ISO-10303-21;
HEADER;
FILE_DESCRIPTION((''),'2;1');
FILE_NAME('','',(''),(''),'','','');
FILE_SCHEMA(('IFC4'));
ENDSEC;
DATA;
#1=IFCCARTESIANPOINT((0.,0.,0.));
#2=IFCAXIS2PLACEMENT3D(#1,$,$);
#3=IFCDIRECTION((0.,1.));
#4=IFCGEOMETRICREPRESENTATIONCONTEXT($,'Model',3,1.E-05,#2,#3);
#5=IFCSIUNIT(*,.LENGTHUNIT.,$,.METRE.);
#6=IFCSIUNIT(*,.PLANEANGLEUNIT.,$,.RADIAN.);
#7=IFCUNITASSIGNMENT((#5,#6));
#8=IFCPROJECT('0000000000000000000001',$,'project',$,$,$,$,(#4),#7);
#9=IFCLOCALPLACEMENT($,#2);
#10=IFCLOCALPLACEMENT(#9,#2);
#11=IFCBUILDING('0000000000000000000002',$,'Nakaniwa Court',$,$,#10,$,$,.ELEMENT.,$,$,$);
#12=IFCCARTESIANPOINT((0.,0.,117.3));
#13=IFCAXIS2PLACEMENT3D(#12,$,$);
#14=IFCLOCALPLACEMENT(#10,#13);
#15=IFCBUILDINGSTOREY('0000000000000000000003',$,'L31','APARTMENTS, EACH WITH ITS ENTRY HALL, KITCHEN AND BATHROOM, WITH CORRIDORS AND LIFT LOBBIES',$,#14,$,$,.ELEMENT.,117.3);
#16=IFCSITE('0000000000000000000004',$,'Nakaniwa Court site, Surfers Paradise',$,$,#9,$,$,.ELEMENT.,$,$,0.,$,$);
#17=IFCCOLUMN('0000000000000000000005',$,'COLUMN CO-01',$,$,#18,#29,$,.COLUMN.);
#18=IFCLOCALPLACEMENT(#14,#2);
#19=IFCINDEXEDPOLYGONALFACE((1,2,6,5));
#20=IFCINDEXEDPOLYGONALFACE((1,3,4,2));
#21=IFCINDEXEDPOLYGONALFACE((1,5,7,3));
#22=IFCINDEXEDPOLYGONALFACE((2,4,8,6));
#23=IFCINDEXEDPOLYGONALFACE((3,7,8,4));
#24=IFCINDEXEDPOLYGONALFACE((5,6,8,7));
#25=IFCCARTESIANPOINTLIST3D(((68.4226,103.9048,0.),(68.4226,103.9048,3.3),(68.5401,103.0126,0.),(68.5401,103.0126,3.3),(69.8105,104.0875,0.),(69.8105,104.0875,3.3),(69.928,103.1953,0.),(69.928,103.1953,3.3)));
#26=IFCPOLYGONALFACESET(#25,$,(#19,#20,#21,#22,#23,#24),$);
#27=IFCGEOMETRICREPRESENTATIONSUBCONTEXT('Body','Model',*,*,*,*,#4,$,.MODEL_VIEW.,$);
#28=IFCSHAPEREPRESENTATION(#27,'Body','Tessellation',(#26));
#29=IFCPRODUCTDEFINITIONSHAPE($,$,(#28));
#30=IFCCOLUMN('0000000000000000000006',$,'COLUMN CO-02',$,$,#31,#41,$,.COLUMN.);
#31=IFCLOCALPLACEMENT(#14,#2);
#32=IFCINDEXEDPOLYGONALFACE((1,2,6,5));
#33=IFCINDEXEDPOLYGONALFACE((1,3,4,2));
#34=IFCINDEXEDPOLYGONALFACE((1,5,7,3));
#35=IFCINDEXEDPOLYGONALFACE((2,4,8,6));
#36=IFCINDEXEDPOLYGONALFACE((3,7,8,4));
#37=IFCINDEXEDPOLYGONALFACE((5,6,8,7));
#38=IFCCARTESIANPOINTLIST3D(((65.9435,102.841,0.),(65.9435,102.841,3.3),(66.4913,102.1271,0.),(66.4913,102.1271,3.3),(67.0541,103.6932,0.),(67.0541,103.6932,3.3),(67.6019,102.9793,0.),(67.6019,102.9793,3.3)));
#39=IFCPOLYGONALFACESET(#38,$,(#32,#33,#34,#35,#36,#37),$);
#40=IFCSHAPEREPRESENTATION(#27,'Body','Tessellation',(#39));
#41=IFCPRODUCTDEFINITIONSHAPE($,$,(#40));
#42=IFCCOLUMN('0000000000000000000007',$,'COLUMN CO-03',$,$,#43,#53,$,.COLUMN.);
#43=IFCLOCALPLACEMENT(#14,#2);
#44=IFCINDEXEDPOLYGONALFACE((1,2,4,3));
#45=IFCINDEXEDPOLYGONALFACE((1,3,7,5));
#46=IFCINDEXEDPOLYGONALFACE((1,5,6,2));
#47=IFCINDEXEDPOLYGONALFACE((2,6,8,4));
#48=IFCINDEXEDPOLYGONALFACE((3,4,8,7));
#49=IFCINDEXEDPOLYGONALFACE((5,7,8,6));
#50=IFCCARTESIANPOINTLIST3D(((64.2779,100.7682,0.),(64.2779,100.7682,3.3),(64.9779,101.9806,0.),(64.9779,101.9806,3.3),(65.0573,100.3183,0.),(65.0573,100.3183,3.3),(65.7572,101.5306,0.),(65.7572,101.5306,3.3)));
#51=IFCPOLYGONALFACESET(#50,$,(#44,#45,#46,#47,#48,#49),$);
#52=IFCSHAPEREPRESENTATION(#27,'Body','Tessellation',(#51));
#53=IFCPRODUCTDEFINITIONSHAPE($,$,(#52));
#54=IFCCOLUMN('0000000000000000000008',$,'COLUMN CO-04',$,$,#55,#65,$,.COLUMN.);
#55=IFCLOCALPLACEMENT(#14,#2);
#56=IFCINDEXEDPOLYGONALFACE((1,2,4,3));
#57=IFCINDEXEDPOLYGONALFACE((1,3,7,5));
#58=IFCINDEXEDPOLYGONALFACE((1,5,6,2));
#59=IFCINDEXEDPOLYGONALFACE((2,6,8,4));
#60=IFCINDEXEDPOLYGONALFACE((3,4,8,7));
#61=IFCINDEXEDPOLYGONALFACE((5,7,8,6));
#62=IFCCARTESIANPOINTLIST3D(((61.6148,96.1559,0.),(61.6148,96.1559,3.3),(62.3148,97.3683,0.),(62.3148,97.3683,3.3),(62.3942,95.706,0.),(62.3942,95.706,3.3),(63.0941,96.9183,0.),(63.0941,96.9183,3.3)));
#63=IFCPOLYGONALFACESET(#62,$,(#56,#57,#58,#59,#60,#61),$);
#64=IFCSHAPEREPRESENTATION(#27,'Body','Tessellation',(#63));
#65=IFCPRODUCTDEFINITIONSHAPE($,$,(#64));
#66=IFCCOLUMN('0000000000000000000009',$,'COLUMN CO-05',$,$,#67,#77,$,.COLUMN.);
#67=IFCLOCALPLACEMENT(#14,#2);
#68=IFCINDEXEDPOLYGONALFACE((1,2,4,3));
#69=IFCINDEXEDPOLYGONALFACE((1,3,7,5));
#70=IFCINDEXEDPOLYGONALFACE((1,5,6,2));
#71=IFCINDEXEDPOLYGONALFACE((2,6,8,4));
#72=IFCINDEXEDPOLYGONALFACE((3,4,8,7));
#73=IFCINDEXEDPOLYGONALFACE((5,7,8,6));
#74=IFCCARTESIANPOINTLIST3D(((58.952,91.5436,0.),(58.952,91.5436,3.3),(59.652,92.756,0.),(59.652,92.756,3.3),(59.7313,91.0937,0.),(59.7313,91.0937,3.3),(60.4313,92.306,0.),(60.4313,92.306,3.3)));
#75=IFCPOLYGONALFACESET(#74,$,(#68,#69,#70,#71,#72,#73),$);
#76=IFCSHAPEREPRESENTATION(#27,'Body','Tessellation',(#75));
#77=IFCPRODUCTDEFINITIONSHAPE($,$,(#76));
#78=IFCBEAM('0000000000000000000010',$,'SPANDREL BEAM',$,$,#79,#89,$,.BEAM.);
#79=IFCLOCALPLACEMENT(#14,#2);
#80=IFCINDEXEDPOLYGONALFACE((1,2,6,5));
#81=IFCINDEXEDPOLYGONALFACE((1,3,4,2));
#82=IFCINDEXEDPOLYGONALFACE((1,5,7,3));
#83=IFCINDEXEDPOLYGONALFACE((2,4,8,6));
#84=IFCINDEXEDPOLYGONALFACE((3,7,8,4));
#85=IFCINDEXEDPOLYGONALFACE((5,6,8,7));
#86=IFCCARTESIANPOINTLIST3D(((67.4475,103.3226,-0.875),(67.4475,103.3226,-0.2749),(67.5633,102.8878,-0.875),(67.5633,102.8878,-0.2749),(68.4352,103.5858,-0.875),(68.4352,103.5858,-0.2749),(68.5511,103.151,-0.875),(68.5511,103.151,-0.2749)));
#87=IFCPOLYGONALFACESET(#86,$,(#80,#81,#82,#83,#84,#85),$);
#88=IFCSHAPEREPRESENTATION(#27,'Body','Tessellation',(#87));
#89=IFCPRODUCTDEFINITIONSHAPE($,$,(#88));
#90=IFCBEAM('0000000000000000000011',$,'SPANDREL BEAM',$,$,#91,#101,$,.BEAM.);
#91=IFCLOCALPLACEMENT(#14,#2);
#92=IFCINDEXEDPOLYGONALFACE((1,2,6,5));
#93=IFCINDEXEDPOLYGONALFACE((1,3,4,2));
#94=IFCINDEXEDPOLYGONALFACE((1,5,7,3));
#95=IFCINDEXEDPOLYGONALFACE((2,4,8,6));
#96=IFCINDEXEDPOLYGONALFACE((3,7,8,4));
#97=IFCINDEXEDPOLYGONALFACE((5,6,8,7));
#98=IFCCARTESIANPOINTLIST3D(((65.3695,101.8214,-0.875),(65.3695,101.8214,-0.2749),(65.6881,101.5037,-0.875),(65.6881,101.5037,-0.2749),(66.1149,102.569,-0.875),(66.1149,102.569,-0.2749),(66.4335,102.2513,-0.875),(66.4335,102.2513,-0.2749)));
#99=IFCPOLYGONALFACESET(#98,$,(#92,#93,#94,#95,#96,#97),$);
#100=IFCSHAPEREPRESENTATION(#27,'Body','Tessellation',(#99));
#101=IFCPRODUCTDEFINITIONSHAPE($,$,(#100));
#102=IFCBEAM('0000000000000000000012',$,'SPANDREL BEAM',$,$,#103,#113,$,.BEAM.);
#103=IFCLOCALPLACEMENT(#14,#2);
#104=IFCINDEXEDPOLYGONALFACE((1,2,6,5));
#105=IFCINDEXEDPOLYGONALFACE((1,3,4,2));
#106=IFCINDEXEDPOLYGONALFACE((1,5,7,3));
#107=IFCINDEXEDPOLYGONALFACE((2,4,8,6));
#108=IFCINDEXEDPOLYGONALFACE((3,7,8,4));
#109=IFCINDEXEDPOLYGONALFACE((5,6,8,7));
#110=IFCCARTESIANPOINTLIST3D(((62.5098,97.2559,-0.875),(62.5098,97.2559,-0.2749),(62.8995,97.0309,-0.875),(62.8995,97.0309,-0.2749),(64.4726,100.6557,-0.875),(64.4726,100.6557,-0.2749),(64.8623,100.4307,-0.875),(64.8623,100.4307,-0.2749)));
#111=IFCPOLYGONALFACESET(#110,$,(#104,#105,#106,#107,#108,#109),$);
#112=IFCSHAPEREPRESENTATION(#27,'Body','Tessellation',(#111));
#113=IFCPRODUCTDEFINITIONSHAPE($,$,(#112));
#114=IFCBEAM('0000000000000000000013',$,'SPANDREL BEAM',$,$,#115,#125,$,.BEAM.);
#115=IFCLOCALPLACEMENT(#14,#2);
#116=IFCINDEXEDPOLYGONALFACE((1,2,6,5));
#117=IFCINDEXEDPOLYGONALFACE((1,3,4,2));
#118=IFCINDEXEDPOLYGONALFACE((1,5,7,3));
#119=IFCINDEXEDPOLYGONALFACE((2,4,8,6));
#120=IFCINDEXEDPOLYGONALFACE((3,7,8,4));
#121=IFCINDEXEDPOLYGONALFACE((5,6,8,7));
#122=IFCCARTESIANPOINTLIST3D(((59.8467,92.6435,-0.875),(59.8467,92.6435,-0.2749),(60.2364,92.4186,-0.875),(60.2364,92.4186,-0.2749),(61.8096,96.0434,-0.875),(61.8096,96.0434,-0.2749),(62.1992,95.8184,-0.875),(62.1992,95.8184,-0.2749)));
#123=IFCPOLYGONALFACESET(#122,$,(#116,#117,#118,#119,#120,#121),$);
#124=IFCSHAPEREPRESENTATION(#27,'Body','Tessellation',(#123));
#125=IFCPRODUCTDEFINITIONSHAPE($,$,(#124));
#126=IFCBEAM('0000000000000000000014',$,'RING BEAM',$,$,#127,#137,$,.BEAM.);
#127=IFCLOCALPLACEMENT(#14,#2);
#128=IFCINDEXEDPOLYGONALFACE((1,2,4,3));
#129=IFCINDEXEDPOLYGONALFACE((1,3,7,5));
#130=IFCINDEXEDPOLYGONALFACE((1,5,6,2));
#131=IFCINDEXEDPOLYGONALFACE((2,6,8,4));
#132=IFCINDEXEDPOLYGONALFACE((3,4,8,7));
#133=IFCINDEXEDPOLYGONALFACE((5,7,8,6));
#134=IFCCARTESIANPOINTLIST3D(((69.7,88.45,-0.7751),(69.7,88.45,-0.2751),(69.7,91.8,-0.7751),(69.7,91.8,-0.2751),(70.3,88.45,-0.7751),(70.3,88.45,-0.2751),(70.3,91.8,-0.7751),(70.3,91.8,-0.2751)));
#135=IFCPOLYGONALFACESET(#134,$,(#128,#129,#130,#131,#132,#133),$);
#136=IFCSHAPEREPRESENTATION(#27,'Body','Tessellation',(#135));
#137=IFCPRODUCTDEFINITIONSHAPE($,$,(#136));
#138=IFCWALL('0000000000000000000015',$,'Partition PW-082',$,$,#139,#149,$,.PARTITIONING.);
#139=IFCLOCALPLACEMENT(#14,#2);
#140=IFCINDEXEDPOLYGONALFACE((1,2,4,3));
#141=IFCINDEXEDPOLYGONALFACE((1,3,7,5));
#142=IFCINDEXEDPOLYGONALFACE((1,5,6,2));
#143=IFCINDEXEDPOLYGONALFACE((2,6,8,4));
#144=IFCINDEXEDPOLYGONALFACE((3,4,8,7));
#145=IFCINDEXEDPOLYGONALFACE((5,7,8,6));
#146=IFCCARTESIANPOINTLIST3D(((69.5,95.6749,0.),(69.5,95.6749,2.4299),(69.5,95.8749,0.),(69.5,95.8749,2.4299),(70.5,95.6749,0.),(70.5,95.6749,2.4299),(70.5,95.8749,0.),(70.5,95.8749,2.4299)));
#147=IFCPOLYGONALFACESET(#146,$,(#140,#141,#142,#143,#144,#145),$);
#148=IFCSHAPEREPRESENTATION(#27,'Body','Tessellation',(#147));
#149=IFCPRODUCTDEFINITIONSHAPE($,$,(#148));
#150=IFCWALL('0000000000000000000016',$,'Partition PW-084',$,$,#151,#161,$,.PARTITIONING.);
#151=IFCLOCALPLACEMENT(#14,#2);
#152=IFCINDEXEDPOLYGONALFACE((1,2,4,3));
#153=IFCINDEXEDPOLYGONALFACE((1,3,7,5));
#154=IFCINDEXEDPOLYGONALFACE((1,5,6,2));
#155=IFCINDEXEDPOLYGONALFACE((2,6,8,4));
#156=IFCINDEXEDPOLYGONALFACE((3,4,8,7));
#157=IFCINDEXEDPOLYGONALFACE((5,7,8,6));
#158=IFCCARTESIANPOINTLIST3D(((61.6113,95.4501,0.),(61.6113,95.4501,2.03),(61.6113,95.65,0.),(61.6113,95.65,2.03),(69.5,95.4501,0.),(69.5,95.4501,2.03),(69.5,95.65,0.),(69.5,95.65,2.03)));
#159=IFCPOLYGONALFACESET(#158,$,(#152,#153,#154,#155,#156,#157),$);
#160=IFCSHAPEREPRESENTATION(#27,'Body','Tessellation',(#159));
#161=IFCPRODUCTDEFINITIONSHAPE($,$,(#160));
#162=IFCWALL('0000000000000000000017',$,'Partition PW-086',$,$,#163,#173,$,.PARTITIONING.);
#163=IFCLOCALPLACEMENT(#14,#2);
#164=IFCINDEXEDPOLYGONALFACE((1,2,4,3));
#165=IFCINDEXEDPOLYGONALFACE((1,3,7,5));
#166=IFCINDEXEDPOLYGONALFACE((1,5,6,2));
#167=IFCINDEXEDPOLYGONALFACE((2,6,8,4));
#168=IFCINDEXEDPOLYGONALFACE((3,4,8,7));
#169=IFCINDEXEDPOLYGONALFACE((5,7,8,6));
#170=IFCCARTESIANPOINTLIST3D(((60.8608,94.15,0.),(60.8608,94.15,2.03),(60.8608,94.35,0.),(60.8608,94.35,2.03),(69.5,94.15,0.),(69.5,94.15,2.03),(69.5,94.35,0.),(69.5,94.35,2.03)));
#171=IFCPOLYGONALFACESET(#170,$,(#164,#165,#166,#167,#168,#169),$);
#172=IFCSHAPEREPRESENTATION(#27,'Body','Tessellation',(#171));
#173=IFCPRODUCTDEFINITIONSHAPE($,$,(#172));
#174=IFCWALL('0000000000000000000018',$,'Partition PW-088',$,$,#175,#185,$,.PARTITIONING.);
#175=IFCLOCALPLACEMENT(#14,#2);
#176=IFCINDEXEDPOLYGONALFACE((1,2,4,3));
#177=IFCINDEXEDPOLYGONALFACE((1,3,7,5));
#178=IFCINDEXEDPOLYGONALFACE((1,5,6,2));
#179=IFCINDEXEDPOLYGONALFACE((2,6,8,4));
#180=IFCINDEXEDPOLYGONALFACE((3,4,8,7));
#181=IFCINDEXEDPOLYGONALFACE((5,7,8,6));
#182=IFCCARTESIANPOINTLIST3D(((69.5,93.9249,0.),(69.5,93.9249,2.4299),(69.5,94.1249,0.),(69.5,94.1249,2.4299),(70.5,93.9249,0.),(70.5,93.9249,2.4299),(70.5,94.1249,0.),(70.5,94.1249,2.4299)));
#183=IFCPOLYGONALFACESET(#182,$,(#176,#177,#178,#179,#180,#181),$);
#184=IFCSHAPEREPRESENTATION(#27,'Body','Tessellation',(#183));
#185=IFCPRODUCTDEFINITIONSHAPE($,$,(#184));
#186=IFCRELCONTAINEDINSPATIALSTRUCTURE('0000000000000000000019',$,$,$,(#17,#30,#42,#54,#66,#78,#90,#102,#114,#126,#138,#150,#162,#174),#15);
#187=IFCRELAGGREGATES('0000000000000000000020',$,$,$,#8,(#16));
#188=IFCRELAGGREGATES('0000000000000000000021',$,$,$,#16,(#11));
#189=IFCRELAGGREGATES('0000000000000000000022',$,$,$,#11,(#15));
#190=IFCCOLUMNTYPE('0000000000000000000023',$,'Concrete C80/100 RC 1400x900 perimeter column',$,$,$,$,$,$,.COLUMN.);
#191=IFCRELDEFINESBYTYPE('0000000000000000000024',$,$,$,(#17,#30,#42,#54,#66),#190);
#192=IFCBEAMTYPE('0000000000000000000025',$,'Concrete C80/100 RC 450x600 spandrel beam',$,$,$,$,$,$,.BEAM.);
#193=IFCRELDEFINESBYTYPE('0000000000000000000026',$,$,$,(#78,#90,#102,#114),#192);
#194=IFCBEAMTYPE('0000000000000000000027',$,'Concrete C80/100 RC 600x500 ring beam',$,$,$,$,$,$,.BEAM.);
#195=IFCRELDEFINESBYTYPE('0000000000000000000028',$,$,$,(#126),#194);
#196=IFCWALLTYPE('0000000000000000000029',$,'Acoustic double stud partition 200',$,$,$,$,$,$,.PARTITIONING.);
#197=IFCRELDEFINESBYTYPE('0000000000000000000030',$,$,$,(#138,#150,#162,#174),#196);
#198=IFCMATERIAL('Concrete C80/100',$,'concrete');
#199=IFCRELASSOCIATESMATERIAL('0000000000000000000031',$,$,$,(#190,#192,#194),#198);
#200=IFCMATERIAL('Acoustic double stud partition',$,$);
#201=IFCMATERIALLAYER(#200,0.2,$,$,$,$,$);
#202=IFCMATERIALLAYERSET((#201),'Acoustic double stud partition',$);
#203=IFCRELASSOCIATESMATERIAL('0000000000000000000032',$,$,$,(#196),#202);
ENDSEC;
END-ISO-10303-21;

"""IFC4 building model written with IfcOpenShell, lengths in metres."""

from ifc_helpers import new_model, si_unit, direction, frame, frame_2d, origin, origin_2d, place, context, subcontext, project, spatial, rectangle, extrude, material, layer, layer_set, material_profile, profile_set, type_object, element, save


model = new_model("IFC4")

# Units and contexts
model_context = context("Model", 3, precision=1e-05, world=origin(), true_north=direction((0.0, 1.0)))
body_context = subcontext(model_context, "Body", "Model", "MODEL_VIEW")
ifc_project = project(units=[si_unit("LENGTHUNIT", "METRE"), si_unit("PLANEANGLEUNIT", "RADIAN")], contexts=[model_context])

# Site, building, storey
site_placement = place(None, origin())
site = spatial("IfcSite", under=ifc_project, at=site_placement, Name="Nakaniwa Court site, Surfers Paradise", CompositionType="ELEMENT", RefElevation=0.0)
building_placement = place(site_placement, origin())
building = spatial("IfcBuilding", under=site, at=building_placement, Name="Nakaniwa Court", CompositionType="ELEMENT")
storey_placement = place(building_placement, frame((0.0, 0.0, 117.3)))
storey = spatial("IfcBuildingStorey", under=building, at=storey_placement, Name="L31", Description="APARTMENTS, EACH WITH ITS ENTRY HALL, KITCHEN AND BATHROOM, WITH CORRIDORS AND LIFT LOBBIES", CompositionType="ELEMENT", Elevation=117.3)

# Columns
ifc_material_1 = material(Name="Concrete C80/100", Category="concrete")
ifc_material_profile_1 = material_profile(ifc_material_1, rectangle(XDim=1.3999, YDim=0.8999, at=origin_2d()), Name="Concrete C80/100 RC 1400x900 perimeter column")
ifc_profile_set_1 = profile_set([ifc_material_profile_1], Name="Concrete C80/100")
column_type = type_object("IfcColumnType", Name="Concrete C80/100 RC 1400x900 perimeter column", PredefinedType="COLUMN", material=ifc_profile_set_1)
for number, where, z_axis, x_axis, name in (
    (1, (69.1753, 103.55, 0.0), (0.0, 0.0, 1.0), (-0.991443, -0.130543, 0.0), "COLUMN CO-01"),
    (2, (66.7727, 102.9102, 0.0), (0.0, 0.0, 1.0), (-0.793364, -0.608748, 0.0), "COLUMN CO-02"),
    (3, (65.0176, 101.1494, 0.0), (0.0, 0.0, 1.0), (-0.5, -0.866025, 0.0), "COLUMN CO-03"),
    (4, (62.3545, 96.5371, 0.0), (0.0, 0.0, 1.0), (-0.5, -0.866025, 0.0), "COLUMN CO-04"),
    (5, (59.6917, 91.9248, 0.0), (0.0, 0.0, 1.0), (-0.5, -0.866025, 0.0), "COLUMN CO-05"),
):
    element("IfcColumn", number, at=place(storey_placement, frame(where, z_axis=z_axis, x_axis=x_axis)), inside=storey, type_object=column_type, Name=name, PredefinedType="COLUMN", context=body_context, shape_type="SweptSolid", body=[
        extrude(rectangle(XDim=1.3999, YDim=0.8999, at=origin_2d()), origin(), (0.0, 0.0, 1.0), 3.3),
    ])

# Beams
ifc_material_profile_2 = material_profile(ifc_material_1, rectangle(XDim=0.45, YDim=0.6001, at=origin_2d()), Name="Concrete C80/100 RC 450x600 spandrel beam")
ifc_profile_set_2 = profile_set([ifc_material_profile_2], Name="Concrete C80/100")
beam_type_1 = type_object("IfcBeamType", Name="Concrete C80/100 RC 450x600 spandrel beam", PredefinedType="BEAM", material=ifc_profile_set_2)
beam_1_placement = place(storey_placement, frame((68.4932, 103.3684, -0.575), z_axis=(-0.96629, -0.257455, 0.0), x_axis=(0.257455, -0.96629, 0.0)))
element("IfcBeam", 6, at=beam_1_placement, inside=storey, type_object=beam_type_1, Name="SPANDREL BEAM", PredefinedType="BEAM", context=body_context, shape_type="SweptSolid", body=[
    extrude(rectangle(XDim=0.45, YDim=0.6001, at=origin_2d()), origin(), (0.0, 0.0, 1.0), 1.0222),
])
beam_2_placement = place(storey_placement, frame((66.2742, 102.4102, -0.575), z_axis=(-0.706065, -0.708147, 0.0), x_axis=(0.708147, -0.706065, 0.0)))
element("IfcBeam", 7, at=beam_2_placement, inside=storey, type_object=beam_type_1, Name="SPANDREL BEAM", PredefinedType="BEAM", context=body_context, shape_type="SweptSolid", body=[
    extrude(rectangle(XDim=0.45, YDim=0.6001, at=origin_2d()), origin(), (0.0, 0.0, 1.0), 1.0557),
])
for number, where, z_axis, x_axis, name in (
    (8, (64.6675, 100.5432, -0.575), (-0.499992, -0.86603, 0.0), (0.86603, -0.499992, 0.0), "SPANDREL BEAM"),
    (9, (62.0044, 95.9309, -0.575), (-0.499992, -0.86603, 0.0), (0.86603, -0.499992, 0.0), "SPANDREL BEAM"),
):
    element("IfcBeam", number, at=place(storey_placement, frame(where, z_axis=z_axis, x_axis=x_axis)), inside=storey, type_object=beam_type_1, Name=name, PredefinedType="BEAM", context=body_context, shape_type="SweptSolid", body=[
        extrude(rectangle(XDim=0.45, YDim=0.6001, at=origin_2d()), origin(), (0.0, 0.0, 1.0), 3.9258),
    ])
ifc_material_profile_3 = material_profile(ifc_material_1, rectangle(XDim=0.6001, YDim=0.5, at=origin_2d()), Name="Concrete C80/100 RC 600x500 ring beam")
ifc_profile_set_3 = profile_set([ifc_material_profile_3], Name="Concrete C80/100")
beam_type_2 = type_object("IfcBeamType", Name="Concrete C80/100 RC 600x500 ring beam", PredefinedType="BEAM", material=ifc_profile_set_3)
beam_3_placement = place(storey_placement, frame((70.0, 91.8, -0.5251), z_axis=(0.0, -1.0, 0.0), x_axis=(1.0, 0.0, 0.0)))
element("IfcBeam", 10, at=beam_3_placement, inside=storey, type_object=beam_type_2, Name="RING BEAM", PredefinedType="BEAM", context=body_context, shape_type="SweptSolid", body=[
    extrude(rectangle(XDim=0.6001, YDim=0.5, at=origin_2d()), origin(), (0.0, 0.0, 1.0), 3.3501),
])

# Walls
ifc_material_2 = material(Name="Acoustic double stud partition")
ifc_layer_1 = layer(ifc_material_2, 0.2)
ifc_layer_set_1 = layer_set([ifc_layer_1], Name="Acoustic double stud partition")
wall_type_1 = type_object("IfcWallType", Name="Acoustic double stud partition 200", PredefinedType="PARTITIONING", material=ifc_layer_set_1)
wall_1_placement = place(storey_placement, frame((69.5, 95.7749, 0.0), z_axis=(0.0, 0.0, 1.0), x_axis=(1.0, 0.0, 0.0)))
element("IfcWall", 11, at=wall_1_placement, inside=storey, type_object=wall_type_1, Name="Partition PW-082", PredefinedType="PARTITIONING", context=body_context, shape_type="SweptSolid", body=[
    extrude(rectangle(XDim=1.0, YDim=0.2, at=frame_2d((0.5, 0.0))), origin(), (0.0, 0.0, 1.0), 2.4299),
])
wall_2_placement = place(storey_placement, frame((61.6113, 95.55, 0.0), z_axis=(0.0, 0.0, 1.0), x_axis=(1.0, 0.0, 0.0)))
element("IfcWall", 12, at=wall_2_placement, inside=storey, type_object=wall_type_1, Name="Partition PW-084", PredefinedType="PARTITIONING", context=body_context, shape_type="SweptSolid", body=[
    extrude(rectangle(XDim=7.8887, YDim=0.2, at=frame_2d((3.9443, 0.0))), origin(), (0.0, 0.0, 1.0), 2.03),
])
wall_3_placement = place(storey_placement, frame((60.8608, 94.25, 0.0), z_axis=(0.0, 0.0, 1.0), x_axis=(1.0, 0.0, 0.0)))
element("IfcWall", 13, at=wall_3_placement, inside=storey, type_object=wall_type_1, Name="Partition PW-086", PredefinedType="PARTITIONING", context=body_context, shape_type="SweptSolid", body=[
    extrude(rectangle(XDim=8.6392, YDim=0.2, at=frame_2d((4.3196, 0.0))), origin(), (0.0, 0.0, 1.0), 2.03),
])
wall_4_placement = place(storey_placement, frame((69.5, 94.0249, 0.0), z_axis=(0.0, 0.0, 1.0), x_axis=(1.0, 0.0, 0.0)))
element("IfcWall", 14, at=wall_4_placement, inside=storey, type_object=wall_type_1, Name="Partition PW-088", PredefinedType="PARTITIONING", context=body_context, shape_type="SweptSolid", body=[
    extrude(rectangle(XDim=1.0, YDim=0.2, at=frame_2d((0.5, 0.0))), origin(), (0.0, 0.0, 1.0), 2.4299),
])

save(model, "model.ifc")
